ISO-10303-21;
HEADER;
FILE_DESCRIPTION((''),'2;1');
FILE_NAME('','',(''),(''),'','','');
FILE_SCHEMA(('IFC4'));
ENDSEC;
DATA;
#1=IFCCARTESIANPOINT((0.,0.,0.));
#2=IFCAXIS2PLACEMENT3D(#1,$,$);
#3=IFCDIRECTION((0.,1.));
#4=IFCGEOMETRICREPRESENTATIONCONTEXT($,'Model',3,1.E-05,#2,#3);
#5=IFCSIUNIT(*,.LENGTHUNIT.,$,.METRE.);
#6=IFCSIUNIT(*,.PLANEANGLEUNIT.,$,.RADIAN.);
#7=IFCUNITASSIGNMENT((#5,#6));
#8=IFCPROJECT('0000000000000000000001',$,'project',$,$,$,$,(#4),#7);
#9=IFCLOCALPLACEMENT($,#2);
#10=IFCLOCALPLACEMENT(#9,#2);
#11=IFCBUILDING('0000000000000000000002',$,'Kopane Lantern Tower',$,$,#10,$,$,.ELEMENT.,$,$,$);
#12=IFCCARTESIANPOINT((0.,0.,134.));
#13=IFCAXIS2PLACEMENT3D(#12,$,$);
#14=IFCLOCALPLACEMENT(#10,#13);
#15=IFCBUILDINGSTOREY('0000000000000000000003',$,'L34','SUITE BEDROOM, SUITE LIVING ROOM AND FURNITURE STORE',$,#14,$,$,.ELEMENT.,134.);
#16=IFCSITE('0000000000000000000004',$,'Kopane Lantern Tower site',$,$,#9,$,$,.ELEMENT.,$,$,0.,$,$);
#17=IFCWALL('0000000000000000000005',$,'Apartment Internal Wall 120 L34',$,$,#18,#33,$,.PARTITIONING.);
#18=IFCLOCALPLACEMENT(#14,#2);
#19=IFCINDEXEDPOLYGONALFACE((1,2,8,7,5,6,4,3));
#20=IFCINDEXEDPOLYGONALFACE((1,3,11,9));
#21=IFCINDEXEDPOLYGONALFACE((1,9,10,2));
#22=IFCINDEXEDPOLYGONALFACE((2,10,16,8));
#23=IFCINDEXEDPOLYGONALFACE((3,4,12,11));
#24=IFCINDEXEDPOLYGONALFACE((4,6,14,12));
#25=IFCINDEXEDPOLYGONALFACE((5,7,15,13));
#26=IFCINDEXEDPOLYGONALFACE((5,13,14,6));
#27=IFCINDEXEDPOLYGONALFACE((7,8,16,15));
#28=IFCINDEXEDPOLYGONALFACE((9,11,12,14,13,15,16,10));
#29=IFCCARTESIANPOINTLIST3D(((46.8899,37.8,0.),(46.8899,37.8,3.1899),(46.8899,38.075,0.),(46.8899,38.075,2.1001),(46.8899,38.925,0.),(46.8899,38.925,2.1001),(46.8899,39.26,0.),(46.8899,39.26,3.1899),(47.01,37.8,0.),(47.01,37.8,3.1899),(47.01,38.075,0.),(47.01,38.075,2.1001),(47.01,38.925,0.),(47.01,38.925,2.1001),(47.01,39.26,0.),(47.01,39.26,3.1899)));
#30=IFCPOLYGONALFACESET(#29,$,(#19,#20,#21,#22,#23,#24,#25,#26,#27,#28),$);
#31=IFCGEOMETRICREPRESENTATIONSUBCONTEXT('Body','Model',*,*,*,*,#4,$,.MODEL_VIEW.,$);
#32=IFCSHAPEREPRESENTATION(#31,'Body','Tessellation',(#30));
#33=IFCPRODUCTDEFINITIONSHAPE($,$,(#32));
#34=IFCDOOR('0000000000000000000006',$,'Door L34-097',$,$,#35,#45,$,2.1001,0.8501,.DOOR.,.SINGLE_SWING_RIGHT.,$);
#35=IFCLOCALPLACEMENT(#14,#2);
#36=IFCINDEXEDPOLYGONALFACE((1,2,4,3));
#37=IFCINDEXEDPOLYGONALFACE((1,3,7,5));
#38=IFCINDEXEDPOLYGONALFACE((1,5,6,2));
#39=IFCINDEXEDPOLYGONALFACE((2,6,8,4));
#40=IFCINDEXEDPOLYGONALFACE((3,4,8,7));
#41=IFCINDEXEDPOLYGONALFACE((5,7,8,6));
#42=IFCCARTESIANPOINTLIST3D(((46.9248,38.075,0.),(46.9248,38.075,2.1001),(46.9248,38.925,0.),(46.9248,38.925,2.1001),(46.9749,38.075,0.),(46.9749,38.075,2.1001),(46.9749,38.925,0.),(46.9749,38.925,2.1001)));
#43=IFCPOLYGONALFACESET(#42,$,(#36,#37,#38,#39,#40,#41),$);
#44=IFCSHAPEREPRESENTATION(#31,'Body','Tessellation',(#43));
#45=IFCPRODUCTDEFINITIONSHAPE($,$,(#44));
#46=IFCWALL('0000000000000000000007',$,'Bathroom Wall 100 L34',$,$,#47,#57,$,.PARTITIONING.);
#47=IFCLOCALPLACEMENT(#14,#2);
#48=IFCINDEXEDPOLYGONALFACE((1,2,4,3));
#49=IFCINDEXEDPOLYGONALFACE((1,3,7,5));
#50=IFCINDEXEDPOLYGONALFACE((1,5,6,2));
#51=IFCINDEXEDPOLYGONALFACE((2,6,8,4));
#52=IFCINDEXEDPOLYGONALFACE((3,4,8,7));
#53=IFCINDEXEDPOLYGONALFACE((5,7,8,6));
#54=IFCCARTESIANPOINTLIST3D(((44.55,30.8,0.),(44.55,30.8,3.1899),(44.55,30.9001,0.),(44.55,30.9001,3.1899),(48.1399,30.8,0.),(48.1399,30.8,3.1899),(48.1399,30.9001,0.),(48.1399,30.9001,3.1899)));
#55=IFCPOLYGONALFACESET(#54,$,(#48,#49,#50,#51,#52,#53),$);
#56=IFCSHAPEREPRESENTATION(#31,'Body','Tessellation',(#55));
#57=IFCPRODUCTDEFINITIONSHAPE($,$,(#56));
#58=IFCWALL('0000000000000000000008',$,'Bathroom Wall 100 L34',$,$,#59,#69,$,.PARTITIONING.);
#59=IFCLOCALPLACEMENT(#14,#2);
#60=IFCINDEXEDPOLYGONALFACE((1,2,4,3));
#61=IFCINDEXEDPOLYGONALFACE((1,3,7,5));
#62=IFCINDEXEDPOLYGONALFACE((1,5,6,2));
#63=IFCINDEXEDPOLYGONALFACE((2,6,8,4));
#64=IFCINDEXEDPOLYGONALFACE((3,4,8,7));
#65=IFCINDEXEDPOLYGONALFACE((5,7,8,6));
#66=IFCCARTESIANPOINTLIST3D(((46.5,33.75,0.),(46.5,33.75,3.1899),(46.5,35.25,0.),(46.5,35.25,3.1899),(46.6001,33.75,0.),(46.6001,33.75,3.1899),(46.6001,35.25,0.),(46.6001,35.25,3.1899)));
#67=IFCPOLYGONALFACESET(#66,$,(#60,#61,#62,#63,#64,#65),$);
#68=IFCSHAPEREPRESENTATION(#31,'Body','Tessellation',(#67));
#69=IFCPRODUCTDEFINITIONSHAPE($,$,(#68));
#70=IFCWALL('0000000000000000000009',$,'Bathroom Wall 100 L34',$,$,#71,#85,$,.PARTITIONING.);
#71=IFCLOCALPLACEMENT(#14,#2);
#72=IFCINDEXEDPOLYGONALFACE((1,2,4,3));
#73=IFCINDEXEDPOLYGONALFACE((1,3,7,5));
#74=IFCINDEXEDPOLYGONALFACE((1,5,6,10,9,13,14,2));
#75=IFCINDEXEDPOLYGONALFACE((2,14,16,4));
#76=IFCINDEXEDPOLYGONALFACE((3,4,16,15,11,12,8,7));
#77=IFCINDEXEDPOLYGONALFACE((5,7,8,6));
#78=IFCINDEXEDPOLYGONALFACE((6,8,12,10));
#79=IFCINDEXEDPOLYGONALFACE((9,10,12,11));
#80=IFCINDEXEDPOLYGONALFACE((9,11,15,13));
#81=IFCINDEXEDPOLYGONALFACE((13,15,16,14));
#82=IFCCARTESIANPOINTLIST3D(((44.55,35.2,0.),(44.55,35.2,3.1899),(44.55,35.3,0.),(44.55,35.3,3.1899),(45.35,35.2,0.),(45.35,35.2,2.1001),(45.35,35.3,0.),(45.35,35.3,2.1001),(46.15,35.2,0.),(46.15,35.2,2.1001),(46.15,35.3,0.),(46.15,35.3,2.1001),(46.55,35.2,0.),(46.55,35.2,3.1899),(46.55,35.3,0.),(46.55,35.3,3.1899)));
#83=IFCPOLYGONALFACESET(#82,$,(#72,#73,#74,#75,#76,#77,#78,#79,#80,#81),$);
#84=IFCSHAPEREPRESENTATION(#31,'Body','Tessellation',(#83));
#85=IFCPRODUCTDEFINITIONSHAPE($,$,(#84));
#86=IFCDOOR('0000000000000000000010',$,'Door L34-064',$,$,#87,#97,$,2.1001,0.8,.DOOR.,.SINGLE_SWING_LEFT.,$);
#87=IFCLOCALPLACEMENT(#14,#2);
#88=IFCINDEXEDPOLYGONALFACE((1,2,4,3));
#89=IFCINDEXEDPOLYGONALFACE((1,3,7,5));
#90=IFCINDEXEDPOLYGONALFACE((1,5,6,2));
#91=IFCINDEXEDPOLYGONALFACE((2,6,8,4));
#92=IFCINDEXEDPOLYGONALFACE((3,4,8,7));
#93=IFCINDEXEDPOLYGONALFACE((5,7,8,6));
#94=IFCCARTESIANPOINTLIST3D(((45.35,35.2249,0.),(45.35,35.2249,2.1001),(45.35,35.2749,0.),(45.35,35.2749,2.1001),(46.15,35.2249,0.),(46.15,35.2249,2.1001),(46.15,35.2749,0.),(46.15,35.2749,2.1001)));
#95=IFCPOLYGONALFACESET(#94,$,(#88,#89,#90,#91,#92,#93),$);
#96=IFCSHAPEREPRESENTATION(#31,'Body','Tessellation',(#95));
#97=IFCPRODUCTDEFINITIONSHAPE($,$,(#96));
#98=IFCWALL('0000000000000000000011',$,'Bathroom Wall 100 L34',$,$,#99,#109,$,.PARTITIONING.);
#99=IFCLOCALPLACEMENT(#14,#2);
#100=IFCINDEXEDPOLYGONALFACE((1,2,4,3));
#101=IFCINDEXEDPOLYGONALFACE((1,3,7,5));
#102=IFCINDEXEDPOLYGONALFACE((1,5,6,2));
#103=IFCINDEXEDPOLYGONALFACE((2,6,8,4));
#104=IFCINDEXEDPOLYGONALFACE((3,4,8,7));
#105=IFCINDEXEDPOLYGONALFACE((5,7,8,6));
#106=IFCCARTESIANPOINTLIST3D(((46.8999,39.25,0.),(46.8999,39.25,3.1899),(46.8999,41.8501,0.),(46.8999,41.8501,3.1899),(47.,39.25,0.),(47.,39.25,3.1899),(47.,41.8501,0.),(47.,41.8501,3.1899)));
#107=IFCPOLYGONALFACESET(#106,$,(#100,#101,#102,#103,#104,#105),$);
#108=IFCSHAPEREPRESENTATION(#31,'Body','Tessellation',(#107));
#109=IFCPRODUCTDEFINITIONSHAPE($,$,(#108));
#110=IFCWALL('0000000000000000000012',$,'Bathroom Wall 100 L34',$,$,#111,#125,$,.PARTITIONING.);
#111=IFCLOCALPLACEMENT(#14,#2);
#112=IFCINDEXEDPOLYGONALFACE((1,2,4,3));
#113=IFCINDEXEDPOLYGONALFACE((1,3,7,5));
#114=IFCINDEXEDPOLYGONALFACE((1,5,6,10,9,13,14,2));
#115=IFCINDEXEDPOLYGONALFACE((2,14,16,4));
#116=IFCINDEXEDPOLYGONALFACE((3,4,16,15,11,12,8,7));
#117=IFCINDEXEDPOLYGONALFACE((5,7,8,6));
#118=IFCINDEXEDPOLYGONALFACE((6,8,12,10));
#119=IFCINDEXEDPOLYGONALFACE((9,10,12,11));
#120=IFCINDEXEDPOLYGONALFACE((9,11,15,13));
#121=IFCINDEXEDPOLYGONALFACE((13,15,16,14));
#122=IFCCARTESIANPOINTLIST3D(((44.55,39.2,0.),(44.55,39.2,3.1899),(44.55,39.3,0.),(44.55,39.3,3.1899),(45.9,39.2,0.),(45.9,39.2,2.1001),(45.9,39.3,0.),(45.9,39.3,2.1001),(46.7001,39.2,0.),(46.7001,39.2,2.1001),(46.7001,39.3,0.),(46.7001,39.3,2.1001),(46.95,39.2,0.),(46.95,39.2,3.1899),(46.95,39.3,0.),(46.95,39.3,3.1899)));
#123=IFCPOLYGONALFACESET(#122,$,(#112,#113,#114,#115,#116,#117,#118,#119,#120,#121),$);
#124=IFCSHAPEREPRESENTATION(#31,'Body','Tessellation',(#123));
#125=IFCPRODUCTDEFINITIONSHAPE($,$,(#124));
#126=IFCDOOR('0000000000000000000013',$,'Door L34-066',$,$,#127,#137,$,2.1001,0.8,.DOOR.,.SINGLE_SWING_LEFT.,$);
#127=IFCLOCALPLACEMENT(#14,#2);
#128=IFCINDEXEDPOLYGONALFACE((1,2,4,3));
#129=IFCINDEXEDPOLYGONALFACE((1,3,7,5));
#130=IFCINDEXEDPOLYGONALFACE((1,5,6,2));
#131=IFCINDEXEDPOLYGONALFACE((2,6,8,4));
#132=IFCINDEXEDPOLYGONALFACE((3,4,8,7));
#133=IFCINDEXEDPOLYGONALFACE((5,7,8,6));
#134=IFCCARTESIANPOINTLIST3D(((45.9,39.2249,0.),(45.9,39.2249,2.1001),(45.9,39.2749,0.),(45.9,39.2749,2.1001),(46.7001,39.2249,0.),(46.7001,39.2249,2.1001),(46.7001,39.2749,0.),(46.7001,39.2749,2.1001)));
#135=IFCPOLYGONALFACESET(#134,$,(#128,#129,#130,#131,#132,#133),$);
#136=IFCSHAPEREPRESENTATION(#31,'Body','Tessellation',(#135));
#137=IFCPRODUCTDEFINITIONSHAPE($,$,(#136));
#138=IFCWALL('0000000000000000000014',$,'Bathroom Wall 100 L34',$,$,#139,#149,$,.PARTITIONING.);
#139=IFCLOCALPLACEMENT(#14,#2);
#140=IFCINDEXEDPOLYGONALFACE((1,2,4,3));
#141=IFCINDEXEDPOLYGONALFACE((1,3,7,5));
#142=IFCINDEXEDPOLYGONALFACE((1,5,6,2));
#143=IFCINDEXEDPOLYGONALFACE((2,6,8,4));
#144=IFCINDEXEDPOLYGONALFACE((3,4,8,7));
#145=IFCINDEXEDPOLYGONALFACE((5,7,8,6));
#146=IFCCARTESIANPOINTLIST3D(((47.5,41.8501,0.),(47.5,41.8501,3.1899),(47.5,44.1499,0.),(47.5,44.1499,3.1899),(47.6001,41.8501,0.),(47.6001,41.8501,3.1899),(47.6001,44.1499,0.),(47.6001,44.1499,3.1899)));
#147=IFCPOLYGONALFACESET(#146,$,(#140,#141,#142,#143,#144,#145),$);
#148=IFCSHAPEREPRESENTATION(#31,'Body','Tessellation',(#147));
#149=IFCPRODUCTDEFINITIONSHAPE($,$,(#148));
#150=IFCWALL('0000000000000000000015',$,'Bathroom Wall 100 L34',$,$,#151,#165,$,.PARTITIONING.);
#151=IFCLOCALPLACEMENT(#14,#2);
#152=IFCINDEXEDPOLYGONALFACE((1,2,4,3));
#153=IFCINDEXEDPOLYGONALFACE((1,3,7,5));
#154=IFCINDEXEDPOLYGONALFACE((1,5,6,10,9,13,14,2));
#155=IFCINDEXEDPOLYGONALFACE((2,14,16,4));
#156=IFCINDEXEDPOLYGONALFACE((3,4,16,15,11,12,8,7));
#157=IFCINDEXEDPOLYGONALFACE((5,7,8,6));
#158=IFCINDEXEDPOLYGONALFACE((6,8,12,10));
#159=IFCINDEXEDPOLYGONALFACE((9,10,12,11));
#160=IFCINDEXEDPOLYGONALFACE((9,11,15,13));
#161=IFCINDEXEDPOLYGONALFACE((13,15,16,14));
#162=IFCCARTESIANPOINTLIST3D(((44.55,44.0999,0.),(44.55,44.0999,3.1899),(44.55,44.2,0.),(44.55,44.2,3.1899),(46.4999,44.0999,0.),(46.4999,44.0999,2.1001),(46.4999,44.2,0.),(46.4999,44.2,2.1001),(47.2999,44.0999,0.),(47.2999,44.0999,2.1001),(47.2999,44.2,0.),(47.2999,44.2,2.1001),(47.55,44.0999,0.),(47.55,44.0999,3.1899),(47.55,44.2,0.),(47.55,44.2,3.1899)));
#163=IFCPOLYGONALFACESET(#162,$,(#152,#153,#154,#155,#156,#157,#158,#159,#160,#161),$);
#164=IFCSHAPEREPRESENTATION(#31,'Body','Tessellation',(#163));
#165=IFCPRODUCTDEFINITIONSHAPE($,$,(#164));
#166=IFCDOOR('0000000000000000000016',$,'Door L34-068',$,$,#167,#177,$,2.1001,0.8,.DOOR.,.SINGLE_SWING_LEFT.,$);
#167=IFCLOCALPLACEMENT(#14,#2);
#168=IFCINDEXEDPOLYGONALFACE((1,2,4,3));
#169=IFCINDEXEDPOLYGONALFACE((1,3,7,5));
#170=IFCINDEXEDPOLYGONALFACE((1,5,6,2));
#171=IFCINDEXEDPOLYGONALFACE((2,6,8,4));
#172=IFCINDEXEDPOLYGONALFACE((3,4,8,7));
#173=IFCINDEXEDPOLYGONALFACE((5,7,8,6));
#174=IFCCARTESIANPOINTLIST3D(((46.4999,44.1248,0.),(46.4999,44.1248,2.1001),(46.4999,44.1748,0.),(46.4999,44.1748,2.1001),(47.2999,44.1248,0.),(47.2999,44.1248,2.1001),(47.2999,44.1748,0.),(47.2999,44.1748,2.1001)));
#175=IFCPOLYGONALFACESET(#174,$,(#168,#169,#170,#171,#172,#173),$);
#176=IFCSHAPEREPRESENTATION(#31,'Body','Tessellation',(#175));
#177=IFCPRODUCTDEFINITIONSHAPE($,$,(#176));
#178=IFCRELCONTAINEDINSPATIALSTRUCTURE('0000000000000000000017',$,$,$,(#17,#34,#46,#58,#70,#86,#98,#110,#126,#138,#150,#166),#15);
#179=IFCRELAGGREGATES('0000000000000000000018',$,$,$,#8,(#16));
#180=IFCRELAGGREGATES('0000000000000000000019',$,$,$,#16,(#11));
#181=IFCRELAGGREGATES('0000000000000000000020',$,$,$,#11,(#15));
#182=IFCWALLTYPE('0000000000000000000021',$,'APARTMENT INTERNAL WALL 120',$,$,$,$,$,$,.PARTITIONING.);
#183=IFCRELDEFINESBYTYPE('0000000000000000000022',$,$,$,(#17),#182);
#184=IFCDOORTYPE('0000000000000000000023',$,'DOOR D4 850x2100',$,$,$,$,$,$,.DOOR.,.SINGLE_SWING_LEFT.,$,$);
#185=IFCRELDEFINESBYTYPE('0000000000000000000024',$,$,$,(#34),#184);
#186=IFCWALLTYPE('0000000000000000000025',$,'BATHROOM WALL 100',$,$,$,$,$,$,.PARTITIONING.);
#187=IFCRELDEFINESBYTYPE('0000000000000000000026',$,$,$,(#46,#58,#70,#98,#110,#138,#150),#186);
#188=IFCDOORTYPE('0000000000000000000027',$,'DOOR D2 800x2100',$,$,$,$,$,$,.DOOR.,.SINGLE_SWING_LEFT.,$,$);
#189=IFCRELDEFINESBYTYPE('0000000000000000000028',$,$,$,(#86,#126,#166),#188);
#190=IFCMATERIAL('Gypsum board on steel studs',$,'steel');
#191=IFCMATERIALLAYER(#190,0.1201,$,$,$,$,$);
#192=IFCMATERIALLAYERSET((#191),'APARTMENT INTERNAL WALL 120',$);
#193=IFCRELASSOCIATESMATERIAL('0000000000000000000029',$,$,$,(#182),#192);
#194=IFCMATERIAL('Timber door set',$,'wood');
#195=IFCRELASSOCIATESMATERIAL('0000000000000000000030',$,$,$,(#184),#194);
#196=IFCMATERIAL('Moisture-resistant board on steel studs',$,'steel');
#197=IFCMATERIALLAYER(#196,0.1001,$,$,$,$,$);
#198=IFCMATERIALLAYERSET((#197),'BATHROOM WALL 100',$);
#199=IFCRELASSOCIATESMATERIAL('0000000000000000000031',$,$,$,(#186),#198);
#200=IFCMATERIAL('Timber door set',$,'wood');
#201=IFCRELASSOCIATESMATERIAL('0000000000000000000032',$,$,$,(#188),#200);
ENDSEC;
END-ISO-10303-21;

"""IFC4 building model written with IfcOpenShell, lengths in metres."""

from ifc_helpers import new_model, si_unit, direction, frame, frame_2d, origin, place, context, subcontext, project, spatial, rectangle, extrude, material, layer, layer_set, type_object, element, fill, save


model = new_model("IFC4")

# Units and contexts
model_context = context("Model", 3, precision=1e-05, world=origin(), true_north=direction((0.0, 1.0)))
body_context = subcontext(model_context, "Body", "Model", "MODEL_VIEW")
ifc_project = project(units=[si_unit("LENGTHUNIT", "METRE"), si_unit("PLANEANGLEUNIT", "RADIAN")], contexts=[model_context])

# Site, building, storey
site_placement = place(None, origin())
site = spatial("IfcSite", under=ifc_project, at=site_placement, Name="Kopane Lantern Tower site", CompositionType="ELEMENT", RefElevation=0.0)
building_placement = place(site_placement, origin())
building = spatial("IfcBuilding", under=site, at=building_placement, Name="Kopane Lantern Tower", CompositionType="ELEMENT")
storey_placement = place(building_placement, frame((0.0, 0.0, 134.0)))
storey = spatial("IfcBuildingStorey", under=building, at=storey_placement, Name="L34", Description="SUITE BEDROOM, SUITE LIVING ROOM AND FURNITURE STORE", CompositionType="ELEMENT", Elevation=134.0)

# Wall, opening, door
ifc_material_1 = material(Name="Gypsum board on steel studs", Category="steel")
ifc_layer_1 = layer(ifc_material_1, 0.1201)
ifc_layer_set_1 = layer_set([ifc_layer_1], Name="APARTMENT INTERNAL WALL 120")
wall_type_1 = type_object("IfcWallType", Name="APARTMENT INTERNAL WALL 120", PredefinedType="PARTITIONING", material=ifc_layer_set_1)
ifc_material_2 = material(Name="Timber door set", Category="wood")
door_type_1 = type_object("IfcDoorType", Name="DOOR D4 850x2100", OperationType="SINGLE_SWING_LEFT", PredefinedType="DOOR", material=ifc_material_2)
wall_1_placement = place(storey_placement, frame((46.95, 39.26, 0.0), z_axis=(0.0, 0.0, 1.0), x_axis=(0.0, -1.0, 0.0)))
wall_1 = element("IfcWall", 1, at=wall_1_placement, inside=storey, type_object=wall_type_1, Name="Apartment Internal Wall 120 L34", PredefinedType="PARTITIONING", context=body_context, shape_type="SweptSolid", body=[
    extrude(rectangle(XDim=1.46, YDim=0.1201, at=frame_2d((0.73, 0.0))), origin(), (0.0, 0.0, 1.0), 3.1899),
])
opening_1_placement = place(wall_1_placement, frame((0.335, 0.0, 0.0)))
opening_1 = element("IfcOpeningElement", 2, at=opening_1_placement, cuts=wall_1, PredefinedType="OPENING", context=body_context, shape_type="SweptSolid", body=[
    extrude(rectangle(XDim=0.8501, YDim=2.1001, at=frame_2d((0.425, 1.05))), frame((0.0, 0.0701, 0.0), z_axis=(0.0, -1.0, 0.0), x_axis=(1.0, 0.0, 0.0)), (0.0, 0.0, 1.0), 0.1401),
])
door_1_placement = place(opening_1_placement, origin())
door_1 = element("IfcDoor", 3, at=door_1_placement, inside=storey, type_object=door_type_1, Name="Door L34-097", OperationType="SINGLE_SWING_RIGHT", OverallHeight=2.1001, OverallWidth=0.8501, PredefinedType="DOOR", context=body_context, shape_type="SweptSolid", body=[
    extrude(rectangle(XDim=0.8501, YDim=2.1001, at=frame_2d((0.425, 1.05))), frame((0.0, 0.0249, 0.0), z_axis=(0.0, -1.0, 0.0), x_axis=(1.0, 0.0, 0.0)), (0.0, 0.0, 1.0), 0.05),
])
fill(opening_1, door_1)

# Walls
ifc_material_3 = material(Name="Moisture-resistant board on steel studs", Category="steel")
ifc_layer_2 = layer(ifc_material_3, 0.1001)
ifc_layer_set_2 = layer_set([ifc_layer_2], Name="BATHROOM WALL 100")
wall_type_2 = type_object("IfcWallType", Name="BATHROOM WALL 100", PredefinedType="PARTITIONING", material=ifc_layer_set_2)
wall_2_placement = place(storey_placement, frame((44.55, 30.8501, 0.0), z_axis=(0.0, 0.0, 1.0), x_axis=(1.0, 0.0, 0.0)))
element("IfcWall", 4, at=wall_2_placement, inside=storey, type_object=wall_type_2, Name="Bathroom Wall 100 L34", PredefinedType="PARTITIONING", context=body_context, shape_type="SweptSolid", body=[
    extrude(rectangle(XDim=3.5898, YDim=0.1001, at=frame_2d((1.7949, 0.0))), origin(), (0.0, 0.0, 1.0), 3.1899),
])
wall_3_placement = place(storey_placement, frame((46.55, 33.75, 0.0), z_axis=(0.0, 0.0, 1.0), x_axis=(0.0, 1.0, 0.0)))
element("IfcWall", 5, at=wall_3_placement, inside=storey, type_object=wall_type_2, Name="Bathroom Wall 100 L34", PredefinedType="PARTITIONING", context=body_context, shape_type="SweptSolid", body=[
    extrude(rectangle(XDim=1.5, YDim=0.1001, at=frame_2d((0.75, 0.0))), origin(), (0.0, 0.0, 1.0), 3.1899),
])

# Wall, opening, door
wall_4_placement = place(storey_placement, frame((44.55, 35.25, 0.0), z_axis=(0.0, 0.0, 1.0), x_axis=(1.0, 0.0, 0.0)))
wall_4 = element("IfcWall", 6, at=wall_4_placement, inside=storey, type_object=wall_type_2, Name="Bathroom Wall 100 L34", PredefinedType="PARTITIONING", context=body_context, shape_type="SweptSolid", body=[
    extrude(rectangle(XDim=2.0, YDim=0.1001, at=frame_2d((1.0, 0.0))), origin(), (0.0, 0.0, 1.0), 3.1899),
])
opening_2_placement = place(wall_4_placement, frame((0.8, 0.0, 0.0)))
opening_2 = element("IfcOpeningElement", 7, at=opening_2_placement, cuts=wall_4, PredefinedType="OPENING", context=body_context, shape_type="SweptSolid", body=[
    extrude(rectangle(XDim=0.8, YDim=2.1001, at=frame_2d((0.3999, 1.05))), frame((0.0, 0.0601, 0.0), z_axis=(0.0, -1.0, 0.0), x_axis=(1.0, 0.0, 0.0)), (0.0, 0.0, 1.0), 0.1201),
])
ifc_material_4 = material(Name="Timber door set", Category="wood")
door_type_2 = type_object("IfcDoorType", Name="DOOR D2 800x2100", OperationType="SINGLE_SWING_LEFT", PredefinedType="DOOR", material=ifc_material_4)
door_2_placement = place(opening_2_placement, origin())
door_2 = element("IfcDoor", 8, at=door_2_placement, inside=storey, type_object=door_type_2, Name="Door L34-064", OperationType="SINGLE_SWING_LEFT", OverallHeight=2.1001, OverallWidth=0.8, PredefinedType="DOOR", context=body_context, shape_type="SweptSolid", body=[
    extrude(rectangle(XDim=0.8, YDim=2.1001, at=frame_2d((0.3999, 1.05))), frame((0.0, 0.0249, 0.0), z_axis=(0.0, -1.0, 0.0), x_axis=(1.0, 0.0, 0.0)), (0.0, 0.0, 1.0), 0.05),
])
fill(opening_2, door_2)

# Wall
wall_5_placement = place(storey_placement, frame((46.95, 39.25, 0.0), z_axis=(0.0, 0.0, 1.0), x_axis=(0.0, 1.0, 0.0)))
element("IfcWall", 9, at=wall_5_placement, inside=storey, type_object=wall_type_2, Name="Bathroom Wall 100 L34", PredefinedType="PARTITIONING", context=body_context, shape_type="SweptSolid", body=[
    extrude(rectangle(XDim=2.6001, YDim=0.1001, at=frame_2d((1.3, 0.0))), origin(), (0.0, 0.0, 1.0), 3.1899),
])

# Wall, opening, door
wall_6_placement = place(storey_placement, frame((44.55, 39.25, 0.0), z_axis=(0.0, 0.0, 1.0), x_axis=(1.0, 0.0, 0.0)))
wall_6 = element("IfcWall", 10, at=wall_6_placement, inside=storey, type_object=wall_type_2, Name="Bathroom Wall 100 L34", PredefinedType="PARTITIONING", context=body_context, shape_type="SweptSolid", body=[
    extrude(rectangle(XDim=2.3999, YDim=0.1001, at=frame_2d((1.2, 0.0))), origin(), (0.0, 0.0, 1.0), 3.1899),
])
opening_3_placement = place(wall_6_placement, frame((1.3501, 0.0, 0.0)))
opening_3 = element("IfcOpeningElement", 11, at=opening_3_placement, cuts=wall_6, PredefinedType="OPENING", context=body_context, shape_type="SweptSolid", body=[
    extrude(rectangle(XDim=0.8, YDim=2.1001, at=frame_2d((0.3999, 1.05))), frame((0.0, 0.0601, 0.0), z_axis=(0.0, -1.0, 0.0), x_axis=(1.0, 0.0, 0.0)), (0.0, 0.0, 1.0), 0.1201),
])
door_3_placement = place(opening_3_placement, origin())
door_3 = element("IfcDoor", 12, at=door_3_placement, inside=storey, type_object=door_type_2, Name="Door L34-066", OperationType="SINGLE_SWING_LEFT", OverallHeight=2.1001, OverallWidth=0.8, PredefinedType="DOOR", context=body_context, shape_type="SweptSolid", body=[
    extrude(rectangle(XDim=0.8, YDim=2.1001, at=frame_2d((0.3999, 1.05))), frame((0.0, 0.0249, 0.0), z_axis=(0.0, -1.0, 0.0), x_axis=(1.0, 0.0, 0.0)), (0.0, 0.0, 1.0), 0.05),
])
fill(opening_3, door_3)

# Wall
wall_7_placement = place(storey_placement, frame((47.55, 41.8501, 0.0), z_axis=(0.0, 0.0, 1.0), x_axis=(0.0, 1.0, 0.0)))
element("IfcWall", 13, at=wall_7_placement, inside=storey, type_object=wall_type_2, Name="Bathroom Wall 100 L34", PredefinedType="PARTITIONING", context=body_context, shape_type="SweptSolid", body=[
    extrude(rectangle(XDim=2.2998, YDim=0.1001, at=frame_2d((1.1499, 0.0))), origin(), (0.0, 0.0, 1.0), 3.1899),
])

# Wall, opening, door
wall_8_placement = place(storey_placement, frame((44.55, 44.1499, 0.0), z_axis=(0.0, 0.0, 1.0), x_axis=(1.0, 0.0, 0.0)))
wall_8 = element("IfcWall", 14, at=wall_8_placement, inside=storey, type_object=wall_type_2, Name="Bathroom Wall 100 L34", PredefinedType="PARTITIONING", context=body_context, shape_type="SweptSolid", body=[
    extrude(rectangle(XDim=3.0, YDim=0.1001, at=frame_2d((1.5, 0.0))), origin(), (0.0, 0.0, 1.0), 3.1899),
])
opening_4_placement = place(wall_8_placement, frame((1.95, 0.0, 0.0)))
opening_4 = element("IfcOpeningElement", 15, at=opening_4_placement, cuts=wall_8, PredefinedType="OPENING", context=body_context, shape_type="SweptSolid", body=[
    extrude(rectangle(XDim=0.8, YDim=2.1001, at=frame_2d((0.3999, 1.05))), frame((0.0, 0.0601, 0.0), z_axis=(0.0, -1.0, 0.0), x_axis=(1.0, 0.0, 0.0)), (0.0, 0.0, 1.0), 0.1201),
])
door_4_placement = place(opening_4_placement, origin())
door_4 = element("IfcDoor", 16, at=door_4_placement, inside=storey, type_object=door_type_2, Name="Door L34-068", OperationType="SINGLE_SWING_LEFT", OverallHeight=2.1001, OverallWidth=0.8, PredefinedType="DOOR", context=body_context, shape_type="SweptSolid", body=[
    extrude(rectangle(XDim=0.8, YDim=2.1001, at=frame_2d((0.3999, 1.05))), frame((0.0, 0.0249, 0.0), z_axis=(0.0, -1.0, 0.0), x_axis=(1.0, 0.0, 0.0)), (0.0, 0.0, 1.0), 0.05),
])
fill(opening_4, door_4)

save(model, "model.ifc")
